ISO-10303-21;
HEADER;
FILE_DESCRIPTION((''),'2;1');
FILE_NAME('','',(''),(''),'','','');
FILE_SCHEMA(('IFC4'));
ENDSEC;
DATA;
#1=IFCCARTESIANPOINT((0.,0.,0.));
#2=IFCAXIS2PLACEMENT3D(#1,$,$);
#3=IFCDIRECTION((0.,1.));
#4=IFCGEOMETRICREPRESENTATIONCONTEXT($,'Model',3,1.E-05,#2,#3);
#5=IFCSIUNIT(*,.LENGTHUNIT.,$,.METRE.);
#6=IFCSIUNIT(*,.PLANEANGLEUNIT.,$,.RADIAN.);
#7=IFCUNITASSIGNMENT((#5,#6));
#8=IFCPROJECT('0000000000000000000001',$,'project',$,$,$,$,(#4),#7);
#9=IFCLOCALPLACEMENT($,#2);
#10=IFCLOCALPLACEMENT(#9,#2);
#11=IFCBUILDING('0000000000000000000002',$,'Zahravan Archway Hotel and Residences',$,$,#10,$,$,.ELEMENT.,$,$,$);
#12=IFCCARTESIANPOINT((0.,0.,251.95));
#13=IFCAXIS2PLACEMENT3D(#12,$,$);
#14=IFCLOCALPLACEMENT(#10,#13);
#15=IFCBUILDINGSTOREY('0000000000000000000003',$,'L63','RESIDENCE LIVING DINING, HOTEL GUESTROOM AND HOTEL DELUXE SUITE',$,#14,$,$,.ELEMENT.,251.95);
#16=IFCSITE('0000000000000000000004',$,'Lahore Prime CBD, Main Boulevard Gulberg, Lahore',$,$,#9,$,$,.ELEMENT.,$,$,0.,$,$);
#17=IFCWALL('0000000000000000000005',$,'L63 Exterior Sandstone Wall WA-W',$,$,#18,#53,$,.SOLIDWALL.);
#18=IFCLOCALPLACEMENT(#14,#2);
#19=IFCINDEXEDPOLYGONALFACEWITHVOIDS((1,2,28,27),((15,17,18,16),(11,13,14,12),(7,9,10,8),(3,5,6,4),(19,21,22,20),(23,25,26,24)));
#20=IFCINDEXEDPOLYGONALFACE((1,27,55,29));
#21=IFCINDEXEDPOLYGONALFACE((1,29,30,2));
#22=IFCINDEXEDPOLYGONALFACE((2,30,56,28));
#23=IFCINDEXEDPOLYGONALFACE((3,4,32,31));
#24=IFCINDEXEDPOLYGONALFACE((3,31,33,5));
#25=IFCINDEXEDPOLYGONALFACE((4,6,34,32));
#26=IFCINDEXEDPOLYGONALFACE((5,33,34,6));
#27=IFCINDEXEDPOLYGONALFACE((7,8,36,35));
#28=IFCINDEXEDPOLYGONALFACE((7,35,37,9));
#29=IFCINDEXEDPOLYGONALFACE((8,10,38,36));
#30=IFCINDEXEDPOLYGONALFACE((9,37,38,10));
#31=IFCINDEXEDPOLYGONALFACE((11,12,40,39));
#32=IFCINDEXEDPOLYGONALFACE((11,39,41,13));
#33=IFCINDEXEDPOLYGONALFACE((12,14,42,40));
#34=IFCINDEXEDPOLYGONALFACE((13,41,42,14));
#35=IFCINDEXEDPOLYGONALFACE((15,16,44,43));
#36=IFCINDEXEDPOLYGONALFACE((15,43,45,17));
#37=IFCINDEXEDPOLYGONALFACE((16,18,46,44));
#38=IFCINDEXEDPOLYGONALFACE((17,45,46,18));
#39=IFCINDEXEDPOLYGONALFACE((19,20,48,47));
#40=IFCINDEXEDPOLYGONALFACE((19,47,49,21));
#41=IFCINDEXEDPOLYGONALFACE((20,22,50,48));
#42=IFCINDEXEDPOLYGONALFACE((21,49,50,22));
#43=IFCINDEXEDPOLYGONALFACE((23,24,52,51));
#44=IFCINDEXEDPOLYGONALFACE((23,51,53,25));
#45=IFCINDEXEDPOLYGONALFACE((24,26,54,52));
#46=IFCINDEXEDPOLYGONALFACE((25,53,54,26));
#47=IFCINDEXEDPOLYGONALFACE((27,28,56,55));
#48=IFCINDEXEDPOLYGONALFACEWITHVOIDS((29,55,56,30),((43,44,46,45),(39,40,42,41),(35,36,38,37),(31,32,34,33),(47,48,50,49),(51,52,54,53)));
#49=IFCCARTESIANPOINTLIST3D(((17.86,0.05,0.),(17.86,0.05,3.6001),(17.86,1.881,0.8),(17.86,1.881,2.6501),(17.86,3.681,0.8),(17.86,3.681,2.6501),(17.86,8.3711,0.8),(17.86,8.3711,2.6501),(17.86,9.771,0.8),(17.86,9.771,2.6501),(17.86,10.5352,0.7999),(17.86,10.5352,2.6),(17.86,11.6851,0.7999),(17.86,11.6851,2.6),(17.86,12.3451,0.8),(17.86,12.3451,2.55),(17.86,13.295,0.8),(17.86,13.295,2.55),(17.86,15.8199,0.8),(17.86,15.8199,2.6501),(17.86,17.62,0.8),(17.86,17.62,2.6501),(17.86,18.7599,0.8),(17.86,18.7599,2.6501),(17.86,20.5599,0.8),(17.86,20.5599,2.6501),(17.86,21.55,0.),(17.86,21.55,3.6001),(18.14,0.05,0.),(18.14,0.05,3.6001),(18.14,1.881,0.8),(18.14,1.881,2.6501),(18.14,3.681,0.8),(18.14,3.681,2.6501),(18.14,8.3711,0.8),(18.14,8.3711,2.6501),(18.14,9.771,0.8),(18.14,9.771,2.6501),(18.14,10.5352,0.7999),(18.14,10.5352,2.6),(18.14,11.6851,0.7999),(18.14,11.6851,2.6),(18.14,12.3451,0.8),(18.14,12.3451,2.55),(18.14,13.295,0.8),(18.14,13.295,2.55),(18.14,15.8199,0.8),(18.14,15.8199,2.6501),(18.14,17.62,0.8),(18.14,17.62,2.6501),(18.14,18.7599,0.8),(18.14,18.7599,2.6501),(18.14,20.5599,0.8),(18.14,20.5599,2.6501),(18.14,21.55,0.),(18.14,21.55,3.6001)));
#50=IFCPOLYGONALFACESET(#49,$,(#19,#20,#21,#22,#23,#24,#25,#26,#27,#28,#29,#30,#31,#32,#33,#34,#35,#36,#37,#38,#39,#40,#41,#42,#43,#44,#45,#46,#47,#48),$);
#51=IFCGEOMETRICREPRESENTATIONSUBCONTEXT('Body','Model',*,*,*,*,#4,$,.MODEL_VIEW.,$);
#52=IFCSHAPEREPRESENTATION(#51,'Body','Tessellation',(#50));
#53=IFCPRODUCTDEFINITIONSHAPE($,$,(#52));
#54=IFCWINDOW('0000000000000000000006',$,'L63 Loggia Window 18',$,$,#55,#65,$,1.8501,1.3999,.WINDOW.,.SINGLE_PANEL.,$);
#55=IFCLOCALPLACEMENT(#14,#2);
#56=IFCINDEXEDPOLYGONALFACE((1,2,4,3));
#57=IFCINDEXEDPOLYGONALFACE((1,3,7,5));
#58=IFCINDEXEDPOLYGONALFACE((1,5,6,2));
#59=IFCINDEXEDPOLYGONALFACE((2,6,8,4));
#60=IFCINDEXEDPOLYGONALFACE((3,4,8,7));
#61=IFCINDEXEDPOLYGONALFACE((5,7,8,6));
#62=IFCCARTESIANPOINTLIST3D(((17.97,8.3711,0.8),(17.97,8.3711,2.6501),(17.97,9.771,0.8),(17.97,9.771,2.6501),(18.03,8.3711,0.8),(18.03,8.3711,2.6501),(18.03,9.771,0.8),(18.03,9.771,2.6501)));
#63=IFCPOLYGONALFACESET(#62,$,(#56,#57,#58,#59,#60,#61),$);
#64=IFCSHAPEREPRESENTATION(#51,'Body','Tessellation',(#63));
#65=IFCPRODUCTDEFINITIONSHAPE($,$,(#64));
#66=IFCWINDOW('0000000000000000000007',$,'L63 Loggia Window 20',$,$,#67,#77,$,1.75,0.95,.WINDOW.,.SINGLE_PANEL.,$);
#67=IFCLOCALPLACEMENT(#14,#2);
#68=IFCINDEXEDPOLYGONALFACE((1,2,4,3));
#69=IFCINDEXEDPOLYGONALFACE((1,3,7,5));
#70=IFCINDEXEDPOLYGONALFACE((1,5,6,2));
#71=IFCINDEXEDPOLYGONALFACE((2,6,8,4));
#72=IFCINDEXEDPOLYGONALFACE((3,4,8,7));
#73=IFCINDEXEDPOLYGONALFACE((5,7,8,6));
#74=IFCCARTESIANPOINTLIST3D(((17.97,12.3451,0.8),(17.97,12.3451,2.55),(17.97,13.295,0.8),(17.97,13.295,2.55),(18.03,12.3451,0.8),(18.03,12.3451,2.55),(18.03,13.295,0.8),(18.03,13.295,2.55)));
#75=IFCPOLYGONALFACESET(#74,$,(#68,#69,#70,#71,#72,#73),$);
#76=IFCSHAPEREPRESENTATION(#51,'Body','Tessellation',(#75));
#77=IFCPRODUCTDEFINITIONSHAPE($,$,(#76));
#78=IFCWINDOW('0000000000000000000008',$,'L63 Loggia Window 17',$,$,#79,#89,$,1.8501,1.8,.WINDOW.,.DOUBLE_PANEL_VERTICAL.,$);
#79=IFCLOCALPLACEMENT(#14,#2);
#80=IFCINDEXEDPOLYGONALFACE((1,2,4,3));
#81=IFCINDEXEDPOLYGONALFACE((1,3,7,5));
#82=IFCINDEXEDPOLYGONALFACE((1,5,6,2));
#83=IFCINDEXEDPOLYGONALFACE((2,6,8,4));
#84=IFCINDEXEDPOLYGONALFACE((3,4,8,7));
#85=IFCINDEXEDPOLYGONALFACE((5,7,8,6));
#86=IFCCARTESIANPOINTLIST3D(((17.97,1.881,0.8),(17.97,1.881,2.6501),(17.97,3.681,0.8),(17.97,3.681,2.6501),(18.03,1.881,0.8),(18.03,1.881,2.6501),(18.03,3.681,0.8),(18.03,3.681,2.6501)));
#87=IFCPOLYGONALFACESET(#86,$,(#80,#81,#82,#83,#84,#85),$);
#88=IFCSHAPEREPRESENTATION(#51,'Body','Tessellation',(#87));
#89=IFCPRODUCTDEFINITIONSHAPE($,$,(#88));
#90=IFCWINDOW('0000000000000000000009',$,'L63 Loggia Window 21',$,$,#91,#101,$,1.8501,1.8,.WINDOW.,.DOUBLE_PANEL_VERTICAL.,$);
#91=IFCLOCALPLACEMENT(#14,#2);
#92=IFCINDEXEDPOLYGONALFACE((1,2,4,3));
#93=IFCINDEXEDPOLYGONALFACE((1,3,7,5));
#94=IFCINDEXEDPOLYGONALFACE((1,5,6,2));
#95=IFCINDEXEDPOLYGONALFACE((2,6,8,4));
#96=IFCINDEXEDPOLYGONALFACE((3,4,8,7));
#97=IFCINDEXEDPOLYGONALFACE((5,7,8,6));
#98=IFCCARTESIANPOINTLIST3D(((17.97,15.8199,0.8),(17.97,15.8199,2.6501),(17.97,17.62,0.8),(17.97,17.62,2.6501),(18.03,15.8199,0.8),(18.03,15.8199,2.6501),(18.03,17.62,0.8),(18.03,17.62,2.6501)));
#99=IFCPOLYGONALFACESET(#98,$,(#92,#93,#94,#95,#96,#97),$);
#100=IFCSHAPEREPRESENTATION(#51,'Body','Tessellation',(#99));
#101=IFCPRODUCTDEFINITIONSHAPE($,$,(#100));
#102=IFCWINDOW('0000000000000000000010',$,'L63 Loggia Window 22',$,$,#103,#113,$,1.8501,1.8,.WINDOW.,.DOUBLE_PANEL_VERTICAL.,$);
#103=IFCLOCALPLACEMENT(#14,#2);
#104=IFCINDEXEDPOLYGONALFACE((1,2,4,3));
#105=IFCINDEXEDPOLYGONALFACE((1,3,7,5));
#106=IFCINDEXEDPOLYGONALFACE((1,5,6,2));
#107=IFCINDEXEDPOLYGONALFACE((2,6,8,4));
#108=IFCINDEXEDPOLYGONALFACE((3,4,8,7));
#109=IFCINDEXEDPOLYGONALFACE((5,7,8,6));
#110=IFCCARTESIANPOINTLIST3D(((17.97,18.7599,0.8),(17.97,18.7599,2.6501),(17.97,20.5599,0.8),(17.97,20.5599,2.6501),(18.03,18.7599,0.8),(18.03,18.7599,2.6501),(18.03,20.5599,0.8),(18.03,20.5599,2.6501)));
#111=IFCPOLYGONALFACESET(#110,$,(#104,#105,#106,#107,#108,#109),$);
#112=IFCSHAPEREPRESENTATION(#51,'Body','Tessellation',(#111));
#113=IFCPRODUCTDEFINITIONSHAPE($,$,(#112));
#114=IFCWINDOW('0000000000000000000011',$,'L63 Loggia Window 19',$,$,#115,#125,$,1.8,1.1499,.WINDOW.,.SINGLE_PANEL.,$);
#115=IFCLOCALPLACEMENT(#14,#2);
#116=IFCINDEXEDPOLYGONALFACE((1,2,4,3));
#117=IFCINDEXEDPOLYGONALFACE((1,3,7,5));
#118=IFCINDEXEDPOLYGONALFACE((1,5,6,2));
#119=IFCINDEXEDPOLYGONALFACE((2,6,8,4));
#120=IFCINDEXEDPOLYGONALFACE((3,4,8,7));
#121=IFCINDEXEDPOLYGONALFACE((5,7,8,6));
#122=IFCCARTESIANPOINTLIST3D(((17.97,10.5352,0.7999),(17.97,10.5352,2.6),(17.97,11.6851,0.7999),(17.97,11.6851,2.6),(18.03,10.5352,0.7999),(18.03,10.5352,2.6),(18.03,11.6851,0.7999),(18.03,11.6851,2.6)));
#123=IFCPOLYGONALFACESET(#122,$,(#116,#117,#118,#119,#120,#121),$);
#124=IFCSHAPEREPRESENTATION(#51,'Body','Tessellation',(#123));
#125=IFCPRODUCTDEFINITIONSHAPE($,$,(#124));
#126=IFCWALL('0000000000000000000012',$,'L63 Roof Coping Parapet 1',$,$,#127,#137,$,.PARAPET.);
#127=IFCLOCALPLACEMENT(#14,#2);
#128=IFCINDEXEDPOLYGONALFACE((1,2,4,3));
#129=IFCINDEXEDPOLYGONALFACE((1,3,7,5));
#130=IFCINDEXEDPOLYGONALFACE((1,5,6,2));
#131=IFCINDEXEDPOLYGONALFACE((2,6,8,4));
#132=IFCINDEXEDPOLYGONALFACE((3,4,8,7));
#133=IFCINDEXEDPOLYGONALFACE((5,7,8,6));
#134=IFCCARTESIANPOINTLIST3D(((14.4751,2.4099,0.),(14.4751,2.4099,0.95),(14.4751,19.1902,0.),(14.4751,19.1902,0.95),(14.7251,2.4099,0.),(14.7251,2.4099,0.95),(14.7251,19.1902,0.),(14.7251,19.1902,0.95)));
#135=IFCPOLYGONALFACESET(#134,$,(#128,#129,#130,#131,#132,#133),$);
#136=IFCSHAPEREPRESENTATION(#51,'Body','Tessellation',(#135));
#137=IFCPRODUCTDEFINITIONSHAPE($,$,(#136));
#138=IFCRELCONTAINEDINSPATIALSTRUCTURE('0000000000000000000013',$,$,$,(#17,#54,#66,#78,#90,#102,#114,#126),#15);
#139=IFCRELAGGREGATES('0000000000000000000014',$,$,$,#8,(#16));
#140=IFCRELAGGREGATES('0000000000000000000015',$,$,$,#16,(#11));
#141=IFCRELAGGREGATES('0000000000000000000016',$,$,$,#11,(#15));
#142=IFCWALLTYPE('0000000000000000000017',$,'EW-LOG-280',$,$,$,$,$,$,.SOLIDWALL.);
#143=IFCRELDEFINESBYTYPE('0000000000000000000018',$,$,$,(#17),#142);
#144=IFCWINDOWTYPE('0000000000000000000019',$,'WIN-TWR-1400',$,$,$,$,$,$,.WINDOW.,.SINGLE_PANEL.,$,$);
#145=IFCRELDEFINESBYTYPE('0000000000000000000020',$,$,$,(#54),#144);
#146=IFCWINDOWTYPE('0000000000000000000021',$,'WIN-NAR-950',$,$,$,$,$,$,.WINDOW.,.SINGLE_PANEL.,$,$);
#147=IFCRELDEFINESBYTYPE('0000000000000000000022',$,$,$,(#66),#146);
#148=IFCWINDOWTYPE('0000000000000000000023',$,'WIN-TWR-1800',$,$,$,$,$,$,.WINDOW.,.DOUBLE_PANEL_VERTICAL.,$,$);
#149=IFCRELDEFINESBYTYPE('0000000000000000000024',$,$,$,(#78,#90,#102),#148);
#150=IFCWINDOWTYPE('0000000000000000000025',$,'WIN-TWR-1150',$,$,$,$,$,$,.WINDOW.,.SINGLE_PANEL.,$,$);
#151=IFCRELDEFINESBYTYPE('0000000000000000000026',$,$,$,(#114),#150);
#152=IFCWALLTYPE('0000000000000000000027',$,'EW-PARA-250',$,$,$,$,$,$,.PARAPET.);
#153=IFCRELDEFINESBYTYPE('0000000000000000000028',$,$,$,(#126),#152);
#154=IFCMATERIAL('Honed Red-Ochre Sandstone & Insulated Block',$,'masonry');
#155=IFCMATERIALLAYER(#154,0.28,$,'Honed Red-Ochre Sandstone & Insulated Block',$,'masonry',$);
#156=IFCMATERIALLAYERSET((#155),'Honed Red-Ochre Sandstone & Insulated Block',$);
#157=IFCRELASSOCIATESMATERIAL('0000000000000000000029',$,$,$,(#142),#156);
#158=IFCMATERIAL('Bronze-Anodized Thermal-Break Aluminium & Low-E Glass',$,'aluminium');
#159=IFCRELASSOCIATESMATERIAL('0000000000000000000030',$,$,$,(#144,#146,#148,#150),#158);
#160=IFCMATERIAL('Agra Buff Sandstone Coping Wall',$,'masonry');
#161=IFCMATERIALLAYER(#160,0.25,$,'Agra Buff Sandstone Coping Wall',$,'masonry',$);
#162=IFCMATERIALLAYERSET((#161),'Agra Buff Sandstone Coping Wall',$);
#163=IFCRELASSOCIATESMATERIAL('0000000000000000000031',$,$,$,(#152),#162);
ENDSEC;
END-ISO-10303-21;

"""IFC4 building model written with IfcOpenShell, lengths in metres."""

from ifc_helpers import new_model, si_unit, direction, frame, frame_2d, origin, place, context, subcontext, project, spatial, rectangle, extrude, source, transform, mapped, material, layer, layer_set, type_object, type_shapes, element, fill, save


model = new_model("IFC4")

# Units and contexts
model_context = context("Model", 3, precision=1e-05, world=origin(), true_north=direction((0.0, 1.0)))
body_context = subcontext(model_context, "Body", "Model", "MODEL_VIEW")
ifc_project = project(units=[si_unit("LENGTHUNIT", "METRE"), si_unit("PLANEANGLEUNIT", "RADIAN")], contexts=[model_context])

# Site, building, storey
site_placement = place(None, origin())
site = spatial("IfcSite", under=ifc_project, at=site_placement, Name="Lahore Prime CBD, Main Boulevard Gulberg, Lahore", CompositionType="ELEMENT", RefElevation=0.0)
building_placement = place(site_placement, origin())
building = spatial("IfcBuilding", under=site, at=building_placement, Name="Zahravan Archway Hotel and Residences", CompositionType="ELEMENT")
storey_placement = place(building_placement, frame((0.0, 0.0, 251.95)))
storey = spatial("IfcBuildingStorey", under=building, at=storey_placement, Name="L63", Description="RESIDENCE LIVING DINING, HOTEL GUESTROOM AND HOTEL DELUXE SUITE", CompositionType="ELEMENT", Elevation=251.95)

# Shared definitions
ifc_material_1 = material(Name="Honed Red-Ochre Sandstone & Insulated Block", Category="masonry")
ifc_layer_1 = layer(ifc_material_1, 0.28, Name="Honed Red-Ochre Sandstone & Insulated Block", Category="masonry")
ifc_layer_set_1 = layer_set([ifc_layer_1], Name="Honed Red-Ochre Sandstone & Insulated Block")
wall_type_1 = type_object("IfcWallType", Name="EW-LOG-280", PredefinedType="SOLIDWALL", material=ifc_layer_set_1)
ifc_material_2 = material(Name="Bronze-Anodized Thermal-Break Aluminium & Low-E Glass", Category="aluminium")
window_type_1 = type_object("IfcWindowType", Name="WIN-TWR-1400", PartitioningType="SINGLE_PANEL", PredefinedType="WINDOW", material=ifc_material_2)
shared_shape_1 = source(origin(), body_context, "Body", "SweptSolid", [
    extrude(rectangle(XDim=1.3999, YDim=1.8501, at=frame_2d((0.7, 0.925))), frame((0.0, 0.03, 0.0), z_axis=(0.0, -1.0, 0.0), x_axis=(1.0, 0.0, 0.0)), (0.0, 0.0, 1.0), 0.0601),
])
type_shapes(window_type_1, [shared_shape_1])
window_type_2 = type_object("IfcWindowType", Name="WIN-NAR-950", PartitioningType="SINGLE_PANEL", PredefinedType="WINDOW", material=ifc_material_2)
shared_shape_2 = source(origin(), body_context, "Body", "SweptSolid", [
    extrude(rectangle(XDim=0.95, YDim=1.75, at=frame_2d((0.4751, 0.875))), frame((0.0, 0.03, 0.0), z_axis=(0.0, -1.0, 0.0), x_axis=(1.0, 0.0, 0.0)), (0.0, 0.0, 1.0), 0.0601),
])
type_shapes(window_type_2, [shared_shape_2])
window_type_3 = type_object("IfcWindowType", Name="WIN-TWR-1800", PartitioningType="DOUBLE_PANEL_VERTICAL", PredefinedType="WINDOW", material=ifc_material_2)
shared_shape_3 = source(origin(), body_context, "Body", "SweptSolid", [
    extrude(rectangle(XDim=1.8, YDim=1.8501, at=frame_2d((0.8999, 0.925))), frame((0.0, 0.03, 0.0), z_axis=(0.0, -1.0, 0.0), x_axis=(1.0, 0.0, 0.0)), (0.0, 0.0, 1.0), 0.0601),
])
type_shapes(window_type_3, [shared_shape_3])

# Wall, openings, windows
wall_1_placement = place(storey_placement, frame((18.0, 0.05, 0.0), z_axis=(0.0, 0.0, 1.0), x_axis=(0.0, 1.0, 0.0)))
wall_1 = element("IfcWall", 1, at=wall_1_placement, inside=storey, type_object=wall_type_1, Name="L63 Exterior Sandstone Wall WA-W", PredefinedType="SOLIDWALL", context=body_context, shape_type="SweptSolid", body=[
    extrude(rectangle(XDim=21.5, YDim=0.28, at=frame_2d((10.75, 0.0))), origin(), (0.0, 0.0, 1.0), 3.6001),
])
opening_1_placement = place(wall_1_placement, frame((1.8311, 0.0, 0.8)))
opening_1 = element("IfcOpeningElement", 2, at=opening_1_placement, cuts=wall_1, PredefinedType="OPENING", context=body_context, shape_type="SweptSolid", body=[
    extrude(rectangle(XDim=1.8, YDim=1.8501, at=frame_2d((0.8999, 0.925))), frame((0.0, 0.1499, 0.0), z_axis=(0.0, -1.0, 0.0), x_axis=(1.0, 0.0, 0.0)), (0.0, 0.0, 1.0), 0.3),
])
opening_2_placement = place(wall_1_placement, frame((8.321, 0.0, 0.8)))
opening_2 = element("IfcOpeningElement", 3, at=opening_2_placement, cuts=wall_1, PredefinedType="OPENING", context=body_context, shape_type="SweptSolid", body=[
    extrude(rectangle(XDim=1.3999, YDim=1.8501, at=frame_2d((0.7, 0.925))), frame((0.0, 0.1499, 0.0), z_axis=(0.0, -1.0, 0.0), x_axis=(1.0, 0.0, 0.0)), (0.0, 0.0, 1.0), 0.3),
])
opening_3_placement = place(wall_1_placement, frame((10.4851, 0.0, 0.8)))
opening_3 = element("IfcOpeningElement", 4, at=opening_3_placement, cuts=wall_1, PredefinedType="OPENING", context=body_context, shape_type="SweptSolid", body=[
    extrude(rectangle(XDim=1.1499, YDim=1.8, at=frame_2d((0.575, 0.8999))), frame((0.0, 0.1499, 0.0), z_axis=(0.0, -1.0, 0.0), x_axis=(1.0, 0.0, 0.0)), (0.0, 0.0, 1.0), 0.3),
])
opening_4_placement = place(wall_1_placement, frame((12.2949, 0.0, 0.8)))
opening_4 = element("IfcOpeningElement", 5, at=opening_4_placement, cuts=wall_1, PredefinedType="OPENING", context=body_context, shape_type="SweptSolid", body=[
    extrude(rectangle(XDim=0.95, YDim=1.75, at=frame_2d((0.4751, 0.875))), frame((0.0, 0.1499, 0.0), z_axis=(0.0, -1.0, 0.0), x_axis=(1.0, 0.0, 0.0)), (0.0, 0.0, 1.0), 0.3),
])
opening_5_placement = place(wall_1_placement, frame((15.77, 0.0, 0.8)))
opening_5 = element("IfcOpeningElement", 6, at=opening_5_placement, cuts=wall_1, PredefinedType="OPENING", context=body_context, shape_type="SweptSolid", body=[
    extrude(rectangle(XDim=1.8, YDim=1.8501, at=frame_2d((0.8999, 0.925))), frame((0.0, 0.1499, 0.0), z_axis=(0.0, -1.0, 0.0), x_axis=(1.0, 0.0, 0.0)), (0.0, 0.0, 1.0), 0.3),
])
opening_6_placement = place(wall_1_placement, frame((18.71, 0.0, 0.8)))
opening_6 = element("IfcOpeningElement", 7, at=opening_6_placement, cuts=wall_1, PredefinedType="OPENING", context=body_context, shape_type="SweptSolid", body=[
    extrude(rectangle(XDim=1.8, YDim=1.8501, at=frame_2d((0.8999, 0.925))), frame((0.0, 0.1499, 0.0), z_axis=(0.0, -1.0, 0.0), x_axis=(1.0, 0.0, 0.0)), (0.0, 0.0, 1.0), 0.3),
])
window_1_placement = place(opening_2_placement, origin())
window_1 = element("IfcWindow", 8, at=window_1_placement, inside=storey, type_object=window_type_1, Name="L63 Loggia Window 18", OverallHeight=1.8501, OverallWidth=1.3999, PartitioningType="SINGLE_PANEL", PredefinedType="WINDOW", context=body_context, shape_type="MappedRepresentation", body=[
    mapped(shared_shape_1, transform((0.0, 0.0, 0.0), scale=1.0)),
])
fill(opening_2, window_1)
window_2_placement = place(opening_4_placement, origin())
window_2 = element("IfcWindow", 9, at=window_2_placement, inside=storey, type_object=window_type_2, Name="L63 Loggia Window 20", OverallHeight=1.75, OverallWidth=0.95, PartitioningType="SINGLE_PANEL", PredefinedType="WINDOW", context=body_context, shape_type="MappedRepresentation", body=[
    mapped(shared_shape_2, transform((0.0, 0.0, 0.0), scale=1.0)),
])
fill(opening_4, window_2)
window_3_placement = place(opening_1_placement, origin())
window_3 = element("IfcWindow", 10, at=window_3_placement, inside=storey, type_object=window_type_3, Name="L63 Loggia Window 17", OverallHeight=1.8501, OverallWidth=1.8, PartitioningType="DOUBLE_PANEL_VERTICAL", PredefinedType="WINDOW", context=body_context, shape_type="MappedRepresentation", body=[
    mapped(shared_shape_3, transform((0.0, 0.0, 0.0), scale=1.0)),
])
fill(opening_1, window_3)
window_4_placement = place(opening_5_placement, origin())
window_4 = element("IfcWindow", 11, at=window_4_placement, inside=storey, type_object=window_type_3, Name="L63 Loggia Window 21", OverallHeight=1.8501, OverallWidth=1.8, PartitioningType="DOUBLE_PANEL_VERTICAL", PredefinedType="WINDOW", context=body_context, shape_type="MappedRepresentation", body=[
    mapped(shared_shape_3, transform((0.0, 0.0, 0.0), scale=1.0)),
])
fill(opening_5, window_4)
window_5_placement = place(opening_6_placement, origin())
window_5 = element("IfcWindow", 12, at=window_5_placement, inside=storey, type_object=window_type_3, Name="L63 Loggia Window 22", OverallHeight=1.8501, OverallWidth=1.8, PartitioningType="DOUBLE_PANEL_VERTICAL", PredefinedType="WINDOW", context=body_context, shape_type="MappedRepresentation", body=[
    mapped(shared_shape_3, transform((0.0, 0.0, 0.0), scale=1.0)),
])
fill(opening_6, window_5)
window_type_4 = type_object("IfcWindowType", Name="WIN-TWR-1150", PartitioningType="SINGLE_PANEL", PredefinedType="WINDOW", material=ifc_material_2)
shared_shape_4 = source(origin(), body_context, "Body", "SweptSolid", [
    extrude(rectangle(XDim=1.1499, YDim=1.8, at=frame_2d((0.575, 0.8999))), frame((0.0, 0.03, 0.0), z_axis=(0.0, -1.0, 0.0), x_axis=(1.0, 0.0, 0.0)), (0.0, 0.0, 1.0), 0.0601),
])
type_shapes(window_type_4, [shared_shape_4])
window_6_placement = place(opening_3_placement, origin())
window_6 = element("IfcWindow", 13, at=window_6_placement, inside=storey, type_object=window_type_4, Name="L63 Loggia Window 19", OverallHeight=1.8, OverallWidth=1.1499, PartitioningType="SINGLE_PANEL", PredefinedType="WINDOW", context=body_context, shape_type="MappedRepresentation", body=[
    mapped(shared_shape_4, transform((0.0, 0.0, 0.0), scale=1.0)),
])
fill(opening_3, window_6)

# Wall
ifc_material_3 = material(Name="Agra Buff Sandstone Coping Wall", Category="masonry")
ifc_layer_2 = layer(ifc_material_3, 0.25, Name="Agra Buff Sandstone Coping Wall", Category="masonry")
ifc_layer_set_2 = layer_set([ifc_layer_2], Name="Agra Buff Sandstone Coping Wall")
wall_type_2 = type_object("IfcWallType", Name="EW-PARA-250", PredefinedType="PARAPET", material=ifc_layer_set_2)
wall_2_placement = place(storey_placement, frame((14.6001, 2.4099, 0.0), z_axis=(0.0, 0.0, 1.0), x_axis=(0.0, 1.0, 0.0)))
element("IfcWall", 14, at=wall_2_placement, inside=storey, type_object=wall_type_2, Name="L63 Roof Coping Parapet 1", PredefinedType="PARAPET", context=body_context, shape_type="SweptSolid", body=[
    extrude(rectangle(XDim=16.7803, YDim=0.25, at=frame_2d((8.3901, 0.0))), origin(), (0.0, 0.0, 1.0), 0.95),
])

save(model, "model.ifc")
